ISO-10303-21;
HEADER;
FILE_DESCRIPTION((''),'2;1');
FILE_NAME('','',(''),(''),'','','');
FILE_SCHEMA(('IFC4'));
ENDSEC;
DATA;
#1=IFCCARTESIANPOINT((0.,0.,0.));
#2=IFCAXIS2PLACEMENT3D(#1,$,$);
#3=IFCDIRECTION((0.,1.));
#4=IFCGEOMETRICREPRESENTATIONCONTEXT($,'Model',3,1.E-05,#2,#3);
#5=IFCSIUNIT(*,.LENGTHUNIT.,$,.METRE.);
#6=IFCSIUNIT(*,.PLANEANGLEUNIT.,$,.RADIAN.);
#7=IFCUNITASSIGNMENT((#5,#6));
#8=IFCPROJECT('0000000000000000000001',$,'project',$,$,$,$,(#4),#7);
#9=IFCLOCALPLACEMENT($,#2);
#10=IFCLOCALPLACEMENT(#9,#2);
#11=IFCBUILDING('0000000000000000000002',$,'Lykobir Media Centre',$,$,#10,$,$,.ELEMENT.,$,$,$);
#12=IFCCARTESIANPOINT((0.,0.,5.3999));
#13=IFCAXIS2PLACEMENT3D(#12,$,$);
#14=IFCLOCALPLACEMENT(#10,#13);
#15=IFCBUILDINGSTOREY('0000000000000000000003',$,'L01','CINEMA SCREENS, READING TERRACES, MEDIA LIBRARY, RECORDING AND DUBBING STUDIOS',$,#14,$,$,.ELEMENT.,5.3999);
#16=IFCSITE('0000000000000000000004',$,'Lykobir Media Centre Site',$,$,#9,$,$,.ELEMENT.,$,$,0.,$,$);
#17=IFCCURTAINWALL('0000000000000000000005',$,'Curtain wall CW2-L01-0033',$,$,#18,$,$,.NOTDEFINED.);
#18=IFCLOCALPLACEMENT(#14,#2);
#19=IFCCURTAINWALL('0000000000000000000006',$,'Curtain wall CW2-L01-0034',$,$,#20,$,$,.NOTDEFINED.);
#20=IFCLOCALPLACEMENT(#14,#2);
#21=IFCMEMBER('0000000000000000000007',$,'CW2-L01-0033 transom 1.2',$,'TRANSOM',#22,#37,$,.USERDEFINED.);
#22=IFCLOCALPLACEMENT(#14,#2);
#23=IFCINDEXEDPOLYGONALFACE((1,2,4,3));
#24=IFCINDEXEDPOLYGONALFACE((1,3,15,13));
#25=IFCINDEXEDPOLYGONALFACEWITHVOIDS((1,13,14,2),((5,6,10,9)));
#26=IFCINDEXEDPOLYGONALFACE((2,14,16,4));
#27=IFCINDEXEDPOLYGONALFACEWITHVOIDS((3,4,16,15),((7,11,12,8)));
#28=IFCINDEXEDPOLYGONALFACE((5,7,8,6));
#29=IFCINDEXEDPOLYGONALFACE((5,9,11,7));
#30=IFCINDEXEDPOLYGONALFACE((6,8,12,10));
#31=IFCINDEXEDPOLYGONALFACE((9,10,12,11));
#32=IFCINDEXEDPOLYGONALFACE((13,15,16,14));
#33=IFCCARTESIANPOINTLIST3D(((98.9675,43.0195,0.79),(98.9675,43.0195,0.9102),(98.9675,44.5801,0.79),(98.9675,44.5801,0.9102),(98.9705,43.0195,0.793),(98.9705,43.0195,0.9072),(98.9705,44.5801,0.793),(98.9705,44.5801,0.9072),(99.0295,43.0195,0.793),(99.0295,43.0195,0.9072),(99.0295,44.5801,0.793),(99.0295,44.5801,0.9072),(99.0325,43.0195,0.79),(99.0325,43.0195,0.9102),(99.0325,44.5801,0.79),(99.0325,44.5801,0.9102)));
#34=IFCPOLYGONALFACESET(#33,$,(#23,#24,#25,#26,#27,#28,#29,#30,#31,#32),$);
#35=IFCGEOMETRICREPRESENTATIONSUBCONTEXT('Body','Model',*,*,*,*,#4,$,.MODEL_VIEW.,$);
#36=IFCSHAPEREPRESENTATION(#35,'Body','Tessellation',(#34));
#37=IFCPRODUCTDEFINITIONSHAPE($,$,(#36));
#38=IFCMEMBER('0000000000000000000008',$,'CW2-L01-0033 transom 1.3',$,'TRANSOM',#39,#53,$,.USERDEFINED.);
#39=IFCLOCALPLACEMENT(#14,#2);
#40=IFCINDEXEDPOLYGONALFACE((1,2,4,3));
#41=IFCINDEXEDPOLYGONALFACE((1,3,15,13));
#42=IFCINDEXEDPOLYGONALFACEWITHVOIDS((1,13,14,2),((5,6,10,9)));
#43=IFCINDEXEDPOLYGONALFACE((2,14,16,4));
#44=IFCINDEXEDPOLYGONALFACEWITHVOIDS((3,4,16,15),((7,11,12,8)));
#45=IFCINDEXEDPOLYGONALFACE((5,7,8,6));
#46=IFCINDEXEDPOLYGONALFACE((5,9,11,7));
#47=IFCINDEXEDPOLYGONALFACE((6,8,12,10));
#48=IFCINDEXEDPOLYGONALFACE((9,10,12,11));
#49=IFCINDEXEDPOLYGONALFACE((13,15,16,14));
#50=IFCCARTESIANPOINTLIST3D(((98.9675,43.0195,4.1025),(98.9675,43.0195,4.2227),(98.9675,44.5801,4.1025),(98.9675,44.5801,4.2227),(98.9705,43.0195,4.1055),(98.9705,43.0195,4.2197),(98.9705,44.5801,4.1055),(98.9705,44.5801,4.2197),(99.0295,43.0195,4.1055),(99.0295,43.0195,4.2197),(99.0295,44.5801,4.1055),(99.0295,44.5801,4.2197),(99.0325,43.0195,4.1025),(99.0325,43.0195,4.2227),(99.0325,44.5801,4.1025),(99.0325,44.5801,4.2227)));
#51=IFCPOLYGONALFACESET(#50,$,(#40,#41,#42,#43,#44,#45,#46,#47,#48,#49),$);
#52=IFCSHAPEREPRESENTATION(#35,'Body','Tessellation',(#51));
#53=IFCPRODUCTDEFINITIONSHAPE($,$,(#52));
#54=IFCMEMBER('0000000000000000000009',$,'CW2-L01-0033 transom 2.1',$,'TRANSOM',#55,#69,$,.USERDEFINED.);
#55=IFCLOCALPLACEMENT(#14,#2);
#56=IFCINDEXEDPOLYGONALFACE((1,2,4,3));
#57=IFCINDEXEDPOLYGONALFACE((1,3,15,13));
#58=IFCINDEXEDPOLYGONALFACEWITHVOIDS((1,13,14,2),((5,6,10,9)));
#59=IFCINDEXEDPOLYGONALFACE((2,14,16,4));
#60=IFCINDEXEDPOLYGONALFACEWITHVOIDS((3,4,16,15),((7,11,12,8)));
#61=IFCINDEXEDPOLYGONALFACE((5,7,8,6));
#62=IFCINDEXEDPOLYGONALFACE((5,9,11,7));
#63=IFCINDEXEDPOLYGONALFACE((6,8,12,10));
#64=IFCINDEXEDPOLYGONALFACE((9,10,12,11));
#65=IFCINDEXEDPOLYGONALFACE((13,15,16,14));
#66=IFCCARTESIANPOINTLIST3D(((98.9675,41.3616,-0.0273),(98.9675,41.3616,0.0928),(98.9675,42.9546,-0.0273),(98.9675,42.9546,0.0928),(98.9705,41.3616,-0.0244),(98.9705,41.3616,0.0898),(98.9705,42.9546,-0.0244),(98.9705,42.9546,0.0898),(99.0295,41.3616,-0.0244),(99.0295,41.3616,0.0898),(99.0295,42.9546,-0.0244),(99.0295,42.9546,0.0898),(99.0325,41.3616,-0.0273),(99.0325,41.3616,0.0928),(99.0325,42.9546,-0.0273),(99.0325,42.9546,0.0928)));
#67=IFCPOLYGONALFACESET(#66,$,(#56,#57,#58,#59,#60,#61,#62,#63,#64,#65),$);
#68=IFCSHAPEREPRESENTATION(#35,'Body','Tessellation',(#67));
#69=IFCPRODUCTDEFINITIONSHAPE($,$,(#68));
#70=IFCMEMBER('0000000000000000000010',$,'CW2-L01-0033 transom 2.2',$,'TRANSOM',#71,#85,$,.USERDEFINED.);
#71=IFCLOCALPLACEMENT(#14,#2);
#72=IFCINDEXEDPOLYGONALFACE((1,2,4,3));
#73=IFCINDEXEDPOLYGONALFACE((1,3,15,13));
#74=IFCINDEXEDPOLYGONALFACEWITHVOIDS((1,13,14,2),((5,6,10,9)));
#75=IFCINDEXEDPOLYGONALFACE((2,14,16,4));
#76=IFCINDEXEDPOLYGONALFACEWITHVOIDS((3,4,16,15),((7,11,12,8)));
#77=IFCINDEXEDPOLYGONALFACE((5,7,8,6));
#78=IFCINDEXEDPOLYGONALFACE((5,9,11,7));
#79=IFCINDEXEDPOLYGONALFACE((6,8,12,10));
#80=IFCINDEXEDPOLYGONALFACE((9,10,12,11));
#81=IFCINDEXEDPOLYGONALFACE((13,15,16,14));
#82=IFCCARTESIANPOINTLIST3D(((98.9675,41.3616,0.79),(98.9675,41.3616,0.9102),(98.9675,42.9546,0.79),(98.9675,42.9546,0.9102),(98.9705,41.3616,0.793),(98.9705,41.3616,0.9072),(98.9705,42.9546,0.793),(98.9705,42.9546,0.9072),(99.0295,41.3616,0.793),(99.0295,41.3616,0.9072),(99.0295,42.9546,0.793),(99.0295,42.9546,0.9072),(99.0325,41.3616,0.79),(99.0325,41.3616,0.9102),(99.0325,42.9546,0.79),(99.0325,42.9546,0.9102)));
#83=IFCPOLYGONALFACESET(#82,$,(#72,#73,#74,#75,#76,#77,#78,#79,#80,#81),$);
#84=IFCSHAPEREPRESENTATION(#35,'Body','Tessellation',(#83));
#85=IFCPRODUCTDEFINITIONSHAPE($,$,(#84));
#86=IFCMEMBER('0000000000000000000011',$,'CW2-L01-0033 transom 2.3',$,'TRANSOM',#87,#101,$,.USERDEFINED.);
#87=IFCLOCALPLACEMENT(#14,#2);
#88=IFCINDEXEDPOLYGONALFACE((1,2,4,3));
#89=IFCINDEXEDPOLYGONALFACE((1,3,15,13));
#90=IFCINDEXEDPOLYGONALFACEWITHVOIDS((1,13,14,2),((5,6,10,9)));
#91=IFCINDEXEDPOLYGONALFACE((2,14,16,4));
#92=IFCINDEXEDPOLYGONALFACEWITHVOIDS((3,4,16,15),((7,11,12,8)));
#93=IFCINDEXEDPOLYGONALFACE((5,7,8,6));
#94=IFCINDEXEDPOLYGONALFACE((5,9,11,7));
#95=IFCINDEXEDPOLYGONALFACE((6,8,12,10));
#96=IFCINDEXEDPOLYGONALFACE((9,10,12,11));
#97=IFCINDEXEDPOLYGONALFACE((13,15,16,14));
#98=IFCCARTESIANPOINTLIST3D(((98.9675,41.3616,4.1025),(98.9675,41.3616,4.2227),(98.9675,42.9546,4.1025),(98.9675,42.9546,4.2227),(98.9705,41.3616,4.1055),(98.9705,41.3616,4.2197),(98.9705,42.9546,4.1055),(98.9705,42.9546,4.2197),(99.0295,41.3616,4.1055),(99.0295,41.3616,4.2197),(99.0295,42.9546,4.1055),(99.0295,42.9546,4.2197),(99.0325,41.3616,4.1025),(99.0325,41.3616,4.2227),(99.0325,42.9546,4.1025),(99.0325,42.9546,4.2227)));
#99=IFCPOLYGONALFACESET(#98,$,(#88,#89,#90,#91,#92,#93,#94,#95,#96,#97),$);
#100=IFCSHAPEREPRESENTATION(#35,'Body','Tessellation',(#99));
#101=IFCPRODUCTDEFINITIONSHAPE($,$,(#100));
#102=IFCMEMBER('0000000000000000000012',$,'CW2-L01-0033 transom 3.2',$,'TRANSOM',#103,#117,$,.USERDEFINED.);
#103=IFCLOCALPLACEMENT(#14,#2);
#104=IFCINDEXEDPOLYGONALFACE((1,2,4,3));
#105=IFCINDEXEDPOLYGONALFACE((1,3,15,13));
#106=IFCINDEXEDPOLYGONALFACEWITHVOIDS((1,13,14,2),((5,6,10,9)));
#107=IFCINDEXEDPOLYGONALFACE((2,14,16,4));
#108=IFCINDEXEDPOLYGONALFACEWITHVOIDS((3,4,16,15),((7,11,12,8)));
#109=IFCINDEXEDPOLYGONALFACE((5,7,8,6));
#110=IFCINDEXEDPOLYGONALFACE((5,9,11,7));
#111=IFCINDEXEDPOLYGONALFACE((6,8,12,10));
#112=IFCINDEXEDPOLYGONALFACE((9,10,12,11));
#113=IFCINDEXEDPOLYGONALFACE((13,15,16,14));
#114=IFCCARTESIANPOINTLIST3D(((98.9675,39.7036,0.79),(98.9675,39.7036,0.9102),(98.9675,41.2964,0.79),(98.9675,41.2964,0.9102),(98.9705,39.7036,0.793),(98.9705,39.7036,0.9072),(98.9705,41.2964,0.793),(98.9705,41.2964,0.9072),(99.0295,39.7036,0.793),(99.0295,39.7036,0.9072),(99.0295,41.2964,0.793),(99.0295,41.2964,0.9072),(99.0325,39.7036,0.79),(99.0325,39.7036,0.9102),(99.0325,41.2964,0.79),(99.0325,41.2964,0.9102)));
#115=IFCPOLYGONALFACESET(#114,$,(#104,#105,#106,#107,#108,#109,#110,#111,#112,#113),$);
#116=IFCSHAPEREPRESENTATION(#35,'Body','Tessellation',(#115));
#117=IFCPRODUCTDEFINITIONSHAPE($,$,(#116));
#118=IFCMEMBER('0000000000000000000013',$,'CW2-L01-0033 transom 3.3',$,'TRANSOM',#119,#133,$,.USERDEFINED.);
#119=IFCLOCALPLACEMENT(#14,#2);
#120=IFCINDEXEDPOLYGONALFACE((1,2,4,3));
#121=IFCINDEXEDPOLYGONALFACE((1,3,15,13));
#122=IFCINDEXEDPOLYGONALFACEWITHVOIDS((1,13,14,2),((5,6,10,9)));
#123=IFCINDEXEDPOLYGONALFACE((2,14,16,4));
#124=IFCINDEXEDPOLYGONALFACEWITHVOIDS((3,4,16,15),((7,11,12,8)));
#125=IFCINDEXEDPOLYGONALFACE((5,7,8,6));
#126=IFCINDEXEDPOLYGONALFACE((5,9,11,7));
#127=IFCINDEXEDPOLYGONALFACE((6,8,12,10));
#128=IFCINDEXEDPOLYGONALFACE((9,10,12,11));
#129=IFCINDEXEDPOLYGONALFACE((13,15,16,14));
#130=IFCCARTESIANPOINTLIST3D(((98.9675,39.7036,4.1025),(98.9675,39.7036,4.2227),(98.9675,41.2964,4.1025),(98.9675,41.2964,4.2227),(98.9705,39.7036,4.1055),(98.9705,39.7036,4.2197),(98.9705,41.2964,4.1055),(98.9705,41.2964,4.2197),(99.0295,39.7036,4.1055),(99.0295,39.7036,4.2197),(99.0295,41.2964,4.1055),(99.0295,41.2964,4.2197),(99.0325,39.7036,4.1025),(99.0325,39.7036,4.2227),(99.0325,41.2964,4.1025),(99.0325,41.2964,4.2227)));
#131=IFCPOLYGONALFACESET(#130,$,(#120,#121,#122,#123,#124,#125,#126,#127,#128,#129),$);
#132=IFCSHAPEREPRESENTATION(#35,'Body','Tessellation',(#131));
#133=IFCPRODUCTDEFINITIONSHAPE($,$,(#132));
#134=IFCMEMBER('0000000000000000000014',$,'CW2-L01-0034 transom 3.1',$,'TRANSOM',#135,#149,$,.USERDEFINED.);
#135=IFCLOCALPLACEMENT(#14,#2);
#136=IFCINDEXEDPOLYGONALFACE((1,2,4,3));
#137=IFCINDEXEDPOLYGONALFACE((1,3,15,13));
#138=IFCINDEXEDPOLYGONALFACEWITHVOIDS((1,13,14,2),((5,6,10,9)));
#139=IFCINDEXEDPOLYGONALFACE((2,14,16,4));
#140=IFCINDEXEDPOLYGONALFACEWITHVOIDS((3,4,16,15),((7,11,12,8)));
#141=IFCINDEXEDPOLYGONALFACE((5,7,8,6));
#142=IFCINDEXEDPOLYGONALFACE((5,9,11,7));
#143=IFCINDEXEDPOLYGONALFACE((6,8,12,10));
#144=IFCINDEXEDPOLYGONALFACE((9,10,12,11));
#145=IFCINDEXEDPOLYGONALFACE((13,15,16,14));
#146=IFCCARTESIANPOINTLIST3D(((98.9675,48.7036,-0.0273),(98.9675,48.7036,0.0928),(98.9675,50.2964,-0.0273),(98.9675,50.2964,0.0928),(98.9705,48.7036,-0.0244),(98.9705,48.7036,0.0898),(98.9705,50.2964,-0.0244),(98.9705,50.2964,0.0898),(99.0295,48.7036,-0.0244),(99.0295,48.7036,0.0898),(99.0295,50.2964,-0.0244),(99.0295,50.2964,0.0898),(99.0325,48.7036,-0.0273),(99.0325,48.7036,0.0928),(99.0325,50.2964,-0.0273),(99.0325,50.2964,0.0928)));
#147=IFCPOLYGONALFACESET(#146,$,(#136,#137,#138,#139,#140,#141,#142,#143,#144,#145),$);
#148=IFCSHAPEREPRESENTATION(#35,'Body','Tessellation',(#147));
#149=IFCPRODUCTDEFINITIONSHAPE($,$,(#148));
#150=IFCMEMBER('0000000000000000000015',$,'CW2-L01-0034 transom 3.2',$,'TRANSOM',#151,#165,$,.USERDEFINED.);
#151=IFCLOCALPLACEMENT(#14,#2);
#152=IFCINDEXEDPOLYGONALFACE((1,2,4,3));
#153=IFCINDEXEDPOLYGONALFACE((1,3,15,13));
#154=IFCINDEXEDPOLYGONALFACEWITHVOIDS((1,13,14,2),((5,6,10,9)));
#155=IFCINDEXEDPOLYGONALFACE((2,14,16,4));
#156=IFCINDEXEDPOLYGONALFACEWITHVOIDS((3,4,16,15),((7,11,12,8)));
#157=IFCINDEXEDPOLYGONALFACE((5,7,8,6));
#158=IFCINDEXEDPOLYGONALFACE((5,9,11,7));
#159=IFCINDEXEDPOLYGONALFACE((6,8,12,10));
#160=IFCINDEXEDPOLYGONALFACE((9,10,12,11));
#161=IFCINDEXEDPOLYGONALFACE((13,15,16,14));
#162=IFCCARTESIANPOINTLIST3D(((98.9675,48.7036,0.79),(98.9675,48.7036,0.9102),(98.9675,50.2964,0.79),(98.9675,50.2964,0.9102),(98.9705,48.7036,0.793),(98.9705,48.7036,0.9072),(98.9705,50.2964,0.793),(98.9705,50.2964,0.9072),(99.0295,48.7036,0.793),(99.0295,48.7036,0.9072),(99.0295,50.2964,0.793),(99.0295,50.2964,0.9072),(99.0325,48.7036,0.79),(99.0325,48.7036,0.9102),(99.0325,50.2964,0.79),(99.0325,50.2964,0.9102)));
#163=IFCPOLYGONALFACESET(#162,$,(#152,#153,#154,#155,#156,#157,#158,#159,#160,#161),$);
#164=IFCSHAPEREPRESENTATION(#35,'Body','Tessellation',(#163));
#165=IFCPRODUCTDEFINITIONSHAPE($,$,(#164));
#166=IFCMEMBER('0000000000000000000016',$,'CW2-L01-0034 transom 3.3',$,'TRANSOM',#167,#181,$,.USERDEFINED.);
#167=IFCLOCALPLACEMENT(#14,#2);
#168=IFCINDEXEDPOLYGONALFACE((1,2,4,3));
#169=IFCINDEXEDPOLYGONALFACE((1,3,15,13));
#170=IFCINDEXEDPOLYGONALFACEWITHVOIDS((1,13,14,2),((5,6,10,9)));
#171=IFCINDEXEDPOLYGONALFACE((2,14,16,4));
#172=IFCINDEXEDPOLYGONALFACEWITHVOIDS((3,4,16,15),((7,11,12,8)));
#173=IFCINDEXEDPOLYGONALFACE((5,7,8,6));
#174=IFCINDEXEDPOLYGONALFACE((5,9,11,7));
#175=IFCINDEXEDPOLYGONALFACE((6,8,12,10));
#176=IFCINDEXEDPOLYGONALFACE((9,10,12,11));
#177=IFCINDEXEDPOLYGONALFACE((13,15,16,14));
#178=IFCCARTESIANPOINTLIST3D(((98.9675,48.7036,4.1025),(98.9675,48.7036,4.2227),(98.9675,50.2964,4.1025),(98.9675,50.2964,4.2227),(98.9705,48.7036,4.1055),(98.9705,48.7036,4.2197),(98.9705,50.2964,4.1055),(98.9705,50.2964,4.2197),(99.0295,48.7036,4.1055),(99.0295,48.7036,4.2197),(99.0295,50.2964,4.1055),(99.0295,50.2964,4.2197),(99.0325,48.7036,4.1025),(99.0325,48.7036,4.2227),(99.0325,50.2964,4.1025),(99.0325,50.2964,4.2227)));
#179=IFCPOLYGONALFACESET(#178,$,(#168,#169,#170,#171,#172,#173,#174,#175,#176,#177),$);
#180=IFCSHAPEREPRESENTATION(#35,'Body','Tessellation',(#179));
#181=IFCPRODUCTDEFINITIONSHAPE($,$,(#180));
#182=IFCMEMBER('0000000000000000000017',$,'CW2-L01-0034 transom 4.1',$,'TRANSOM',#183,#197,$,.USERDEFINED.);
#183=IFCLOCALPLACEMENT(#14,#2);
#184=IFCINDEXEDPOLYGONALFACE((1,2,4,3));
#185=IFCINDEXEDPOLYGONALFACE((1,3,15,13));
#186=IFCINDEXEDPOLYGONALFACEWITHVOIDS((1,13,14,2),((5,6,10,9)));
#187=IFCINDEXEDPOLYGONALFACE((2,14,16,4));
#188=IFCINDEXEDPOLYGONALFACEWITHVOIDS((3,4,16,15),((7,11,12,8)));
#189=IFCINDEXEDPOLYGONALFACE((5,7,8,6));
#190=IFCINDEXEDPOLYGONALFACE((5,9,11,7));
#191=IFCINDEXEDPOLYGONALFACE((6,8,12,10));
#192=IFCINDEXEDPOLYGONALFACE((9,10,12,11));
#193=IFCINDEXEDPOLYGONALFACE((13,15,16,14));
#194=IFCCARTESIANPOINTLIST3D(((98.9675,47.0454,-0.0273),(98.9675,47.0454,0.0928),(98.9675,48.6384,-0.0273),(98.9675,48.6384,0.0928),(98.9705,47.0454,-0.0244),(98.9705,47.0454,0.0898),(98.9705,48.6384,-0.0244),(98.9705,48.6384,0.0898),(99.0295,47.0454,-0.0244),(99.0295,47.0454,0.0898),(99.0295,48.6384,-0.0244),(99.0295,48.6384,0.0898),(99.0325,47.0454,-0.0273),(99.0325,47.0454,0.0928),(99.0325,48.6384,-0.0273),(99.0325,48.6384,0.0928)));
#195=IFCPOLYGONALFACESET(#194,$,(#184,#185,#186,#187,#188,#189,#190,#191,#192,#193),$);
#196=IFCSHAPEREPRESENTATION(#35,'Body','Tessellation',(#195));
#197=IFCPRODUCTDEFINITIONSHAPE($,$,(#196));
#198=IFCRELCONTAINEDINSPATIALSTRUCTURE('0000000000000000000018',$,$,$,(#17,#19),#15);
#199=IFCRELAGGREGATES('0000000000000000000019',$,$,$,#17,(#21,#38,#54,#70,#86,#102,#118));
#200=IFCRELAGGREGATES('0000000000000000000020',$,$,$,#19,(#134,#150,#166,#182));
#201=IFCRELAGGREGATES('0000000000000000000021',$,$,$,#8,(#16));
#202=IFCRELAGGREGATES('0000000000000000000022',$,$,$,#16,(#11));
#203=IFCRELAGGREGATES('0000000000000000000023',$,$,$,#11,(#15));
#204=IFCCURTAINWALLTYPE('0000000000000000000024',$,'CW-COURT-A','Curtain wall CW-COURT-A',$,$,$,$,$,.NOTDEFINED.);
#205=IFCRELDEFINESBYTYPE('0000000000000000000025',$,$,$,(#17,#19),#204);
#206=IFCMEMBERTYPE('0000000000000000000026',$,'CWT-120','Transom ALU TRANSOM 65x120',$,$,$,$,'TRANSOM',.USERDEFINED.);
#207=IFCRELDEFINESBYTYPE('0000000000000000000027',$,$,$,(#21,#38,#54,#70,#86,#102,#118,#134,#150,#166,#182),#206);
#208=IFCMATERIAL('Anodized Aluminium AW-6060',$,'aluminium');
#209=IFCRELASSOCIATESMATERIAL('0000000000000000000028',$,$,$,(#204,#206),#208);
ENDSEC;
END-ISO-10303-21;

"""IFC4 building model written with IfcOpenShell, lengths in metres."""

from ifc_helpers import new_model, si_unit, direction, frame, origin, origin_2d, place, context, subcontext, project, spatial, hollow_rectangle, extrude, material, material_profile, profile_set, type_object, element, aggregate, save


model = new_model("IFC4")

# Units and contexts
model_context = context("Model", 3, precision=1e-05, world=origin(), true_north=direction((0.0, 1.0)))
body_context = subcontext(model_context, "Body", "Model", "MODEL_VIEW")
ifc_project = project(units=[si_unit("LENGTHUNIT", "METRE"), si_unit("PLANEANGLEUNIT", "RADIAN")], contexts=[model_context])

# Site, building, storey
site_placement = place(None, origin())
site = spatial("IfcSite", under=ifc_project, at=site_placement, Name="Lykobir Media Centre Site", CompositionType="ELEMENT", RefElevation=0.0)
building_placement = place(site_placement, origin())
building = spatial("IfcBuilding", under=site, at=building_placement, Name="Lykobir Media Centre", CompositionType="ELEMENT")
storey_placement = place(building_placement, frame((0.0, 0.0, 5.3999)))
storey = spatial("IfcBuildingStorey", under=building, at=storey_placement, Name="L01", Description="CINEMA SCREENS, READING TERRACES, MEDIA LIBRARY, RECORDING AND DUBBING STUDIOS", CompositionType="ELEMENT", Elevation=5.3999)

# Curtain walls
ifc_material_1 = material(Name="Anodized Aluminium AW-6060", Category="aluminium")
curtain_wall_type = type_object("IfcCurtainWallType", Name="CW-COURT-A", Description="Curtain wall CW-COURT-A", PredefinedType="NOTDEFINED", material=ifc_material_1)
curtain_wall_1_placement = place(storey_placement, origin())
curtain_wall_1 = element("IfcCurtainWall", 1, at=curtain_wall_1_placement, inside=storey, type_object=curtain_wall_type, Name="Curtain wall CW2-L01-0033", PredefinedType="NOTDEFINED")
curtain_wall_2_placement = place(storey_placement, origin())
curtain_wall_2 = element("IfcCurtainWall", 2, at=curtain_wall_2_placement, inside=storey, type_object=curtain_wall_type, Name="Curtain wall CW2-L01-0034", PredefinedType="NOTDEFINED")

# Members
ifc_material_profile_1 = material_profile(ifc_material_1, hollow_rectangle(XDim=0.0649, YDim=0.1201, WallThickness=0.0029, at=origin_2d()), Name="ALU TRANSOM 65x120")
ifc_profile_set_1 = profile_set([ifc_material_profile_1], Name="Anodized Aluminium AW-6060")
member_type_1 = type_object("IfcMemberType", Name="CWT-120", Description="Transom ALU TRANSOM 65x120", ElementType="TRANSOM", PredefinedType="USERDEFINED", material=ifc_profile_set_1)
member_1_placement = place(storey_placement, frame((99.0, 44.5801, 0.8501), z_axis=(0.0, -1.0, 0.0), x_axis=(1.0, 0.0, 0.0)))
member_1 = element("IfcMember", 3, at=member_1_placement, type_object=member_type_1, Name="CW2-L01-0033 transom 1.2", ObjectType="TRANSOM", PredefinedType="USERDEFINED", context=body_context, shape_type="SweptSolid", body=[
    extrude(hollow_rectangle(XDim=0.0649, YDim=0.1201, WallThickness=0.0029, at=origin_2d()), origin(), (0.0, 0.0, 1.0), 1.5605),
])
member_2_placement = place(storey_placement, frame((99.0, 44.5801, 4.1626), z_axis=(0.0, -1.0, 0.0), x_axis=(1.0, 0.0, 0.0)))
member_2 = element("IfcMember", 4, at=member_2_placement, type_object=member_type_1, Name="CW2-L01-0033 transom 1.3", ObjectType="TRANSOM", PredefinedType="USERDEFINED", context=body_context, shape_type="SweptSolid", body=[
    extrude(hollow_rectangle(XDim=0.0649, YDim=0.1201, WallThickness=0.0029, at=origin_2d()), origin(), (0.0, 0.0, 1.0), 1.5605),
])
member_3_placement = place(storey_placement, frame((99.0, 42.9546, 0.0327), z_axis=(0.0, -1.0, 0.0), x_axis=(1.0, 0.0, 0.0)))
member_3 = element("IfcMember", 5, at=member_3_placement, type_object=member_type_1, Name="CW2-L01-0033 transom 2.1", ObjectType="TRANSOM", PredefinedType="USERDEFINED", context=body_context, shape_type="SweptSolid", body=[
    extrude(hollow_rectangle(XDim=0.0649, YDim=0.1201, WallThickness=0.0029, at=origin_2d()), origin(), (0.0, 0.0, 1.0), 1.593),
])
member_4_placement = place(storey_placement, frame((99.0, 42.9546, 0.8501), z_axis=(0.0, -1.0, 0.0), x_axis=(1.0, 0.0, 0.0)))
member_4 = element("IfcMember", 6, at=member_4_placement, type_object=member_type_1, Name="CW2-L01-0033 transom 2.2", ObjectType="TRANSOM", PredefinedType="USERDEFINED", context=body_context, shape_type="SweptSolid", body=[
    extrude(hollow_rectangle(XDim=0.0649, YDim=0.1201, WallThickness=0.0029, at=origin_2d()), origin(), (0.0, 0.0, 1.0), 1.593),
])
member_5_placement = place(storey_placement, frame((99.0, 42.9546, 4.1626), z_axis=(0.0, -1.0, 0.0), x_axis=(1.0, 0.0, 0.0)))
member_5 = element("IfcMember", 7, at=member_5_placement, type_object=member_type_1, Name="CW2-L01-0033 transom 2.3", ObjectType="TRANSOM", PredefinedType="USERDEFINED", context=body_context, shape_type="SweptSolid", body=[
    extrude(hollow_rectangle(XDim=0.0649, YDim=0.1201, WallThickness=0.0029, at=origin_2d()), origin(), (0.0, 0.0, 1.0), 1.593),
])
member_6_placement = place(storey_placement, frame((99.0, 41.2964, 0.8501), z_axis=(0.0, -1.0, 0.0), x_axis=(1.0, 0.0, 0.0)))
member_6 = element("IfcMember", 8, at=member_6_placement, type_object=member_type_1, Name="CW2-L01-0033 transom 3.2", ObjectType="TRANSOM", PredefinedType="USERDEFINED", context=body_context, shape_type="SweptSolid", body=[
    extrude(hollow_rectangle(XDim=0.0649, YDim=0.1201, WallThickness=0.0029, at=origin_2d()), origin(), (0.0, 0.0, 1.0), 1.5928),
])
member_7_placement = place(storey_placement, frame((99.0, 41.2964, 4.1626), z_axis=(0.0, -1.0, 0.0), x_axis=(1.0, 0.0, 0.0)))
member_7 = element("IfcMember", 9, at=member_7_placement, type_object=member_type_1, Name="CW2-L01-0033 transom 3.3", ObjectType="TRANSOM", PredefinedType="USERDEFINED", context=body_context, shape_type="SweptSolid", body=[
    extrude(hollow_rectangle(XDim=0.0649, YDim=0.1201, WallThickness=0.0029, at=origin_2d()), origin(), (0.0, 0.0, 1.0), 1.5928),
])
member_8_placement = place(storey_placement, frame((99.0, 50.2964, 0.0327), z_axis=(0.0, -1.0, 0.0), x_axis=(1.0, 0.0, 0.0)))
member_8 = element("IfcMember", 10, at=member_8_placement, type_object=member_type_1, Name="CW2-L01-0034 transom 3.1", ObjectType="TRANSOM", PredefinedType="USERDEFINED", context=body_context, shape_type="SweptSolid", body=[
    extrude(hollow_rectangle(XDim=0.0649, YDim=0.1201, WallThickness=0.0029, at=origin_2d()), origin(), (0.0, 0.0, 1.0), 1.5928),
])
member_9_placement = place(storey_placement, frame((99.0, 50.2964, 0.8501), z_axis=(0.0, -1.0, 0.0), x_axis=(1.0, 0.0, 0.0)))
member_9 = element("IfcMember", 11, at=member_9_placement, type_object=member_type_1, Name="CW2-L01-0034 transom 3.2", ObjectType="TRANSOM", PredefinedType="USERDEFINED", context=body_context, shape_type="SweptSolid", body=[
    extrude(hollow_rectangle(XDim=0.0649, YDim=0.1201, WallThickness=0.0029, at=origin_2d()), origin(), (0.0, 0.0, 1.0), 1.5928),
])
member_10_placement = place(storey_placement, frame((99.0, 50.2964, 4.1626), z_axis=(0.0, -1.0, 0.0), x_axis=(1.0, 0.0, 0.0)))
member_10 = element("IfcMember", 12, at=member_10_placement, type_object=member_type_1, Name="CW2-L01-0034 transom 3.3", ObjectType="TRANSOM", PredefinedType="USERDEFINED", context=body_context, shape_type="SweptSolid", body=[
    extrude(hollow_rectangle(XDim=0.0649, YDim=0.1201, WallThickness=0.0029, at=origin_2d()), origin(), (0.0, 0.0, 1.0), 1.5928),
])
member_11_placement = place(storey_placement, frame((99.0, 48.6384, 0.0327), z_axis=(0.0, -1.0, 0.0), x_axis=(1.0, 0.0, 0.0)))
member_11 = element("IfcMember", 13, at=member_11_placement, type_object=member_type_1, Name="CW2-L01-0034 transom 4.1", ObjectType="TRANSOM", PredefinedType="USERDEFINED", context=body_context, shape_type="SweptSolid", body=[
    extrude(hollow_rectangle(XDim=0.0649, YDim=0.1201, WallThickness=0.0029, at=origin_2d()), origin(), (0.0, 0.0, 1.0), 1.593),
])

aggregate(curtain_wall_1, [member_1, member_2, member_3, member_4, member_5, member_6, member_7])
aggregate(curtain_wall_2, [member_8, member_9, member_10, member_11])

save(model, "model.ifc")
